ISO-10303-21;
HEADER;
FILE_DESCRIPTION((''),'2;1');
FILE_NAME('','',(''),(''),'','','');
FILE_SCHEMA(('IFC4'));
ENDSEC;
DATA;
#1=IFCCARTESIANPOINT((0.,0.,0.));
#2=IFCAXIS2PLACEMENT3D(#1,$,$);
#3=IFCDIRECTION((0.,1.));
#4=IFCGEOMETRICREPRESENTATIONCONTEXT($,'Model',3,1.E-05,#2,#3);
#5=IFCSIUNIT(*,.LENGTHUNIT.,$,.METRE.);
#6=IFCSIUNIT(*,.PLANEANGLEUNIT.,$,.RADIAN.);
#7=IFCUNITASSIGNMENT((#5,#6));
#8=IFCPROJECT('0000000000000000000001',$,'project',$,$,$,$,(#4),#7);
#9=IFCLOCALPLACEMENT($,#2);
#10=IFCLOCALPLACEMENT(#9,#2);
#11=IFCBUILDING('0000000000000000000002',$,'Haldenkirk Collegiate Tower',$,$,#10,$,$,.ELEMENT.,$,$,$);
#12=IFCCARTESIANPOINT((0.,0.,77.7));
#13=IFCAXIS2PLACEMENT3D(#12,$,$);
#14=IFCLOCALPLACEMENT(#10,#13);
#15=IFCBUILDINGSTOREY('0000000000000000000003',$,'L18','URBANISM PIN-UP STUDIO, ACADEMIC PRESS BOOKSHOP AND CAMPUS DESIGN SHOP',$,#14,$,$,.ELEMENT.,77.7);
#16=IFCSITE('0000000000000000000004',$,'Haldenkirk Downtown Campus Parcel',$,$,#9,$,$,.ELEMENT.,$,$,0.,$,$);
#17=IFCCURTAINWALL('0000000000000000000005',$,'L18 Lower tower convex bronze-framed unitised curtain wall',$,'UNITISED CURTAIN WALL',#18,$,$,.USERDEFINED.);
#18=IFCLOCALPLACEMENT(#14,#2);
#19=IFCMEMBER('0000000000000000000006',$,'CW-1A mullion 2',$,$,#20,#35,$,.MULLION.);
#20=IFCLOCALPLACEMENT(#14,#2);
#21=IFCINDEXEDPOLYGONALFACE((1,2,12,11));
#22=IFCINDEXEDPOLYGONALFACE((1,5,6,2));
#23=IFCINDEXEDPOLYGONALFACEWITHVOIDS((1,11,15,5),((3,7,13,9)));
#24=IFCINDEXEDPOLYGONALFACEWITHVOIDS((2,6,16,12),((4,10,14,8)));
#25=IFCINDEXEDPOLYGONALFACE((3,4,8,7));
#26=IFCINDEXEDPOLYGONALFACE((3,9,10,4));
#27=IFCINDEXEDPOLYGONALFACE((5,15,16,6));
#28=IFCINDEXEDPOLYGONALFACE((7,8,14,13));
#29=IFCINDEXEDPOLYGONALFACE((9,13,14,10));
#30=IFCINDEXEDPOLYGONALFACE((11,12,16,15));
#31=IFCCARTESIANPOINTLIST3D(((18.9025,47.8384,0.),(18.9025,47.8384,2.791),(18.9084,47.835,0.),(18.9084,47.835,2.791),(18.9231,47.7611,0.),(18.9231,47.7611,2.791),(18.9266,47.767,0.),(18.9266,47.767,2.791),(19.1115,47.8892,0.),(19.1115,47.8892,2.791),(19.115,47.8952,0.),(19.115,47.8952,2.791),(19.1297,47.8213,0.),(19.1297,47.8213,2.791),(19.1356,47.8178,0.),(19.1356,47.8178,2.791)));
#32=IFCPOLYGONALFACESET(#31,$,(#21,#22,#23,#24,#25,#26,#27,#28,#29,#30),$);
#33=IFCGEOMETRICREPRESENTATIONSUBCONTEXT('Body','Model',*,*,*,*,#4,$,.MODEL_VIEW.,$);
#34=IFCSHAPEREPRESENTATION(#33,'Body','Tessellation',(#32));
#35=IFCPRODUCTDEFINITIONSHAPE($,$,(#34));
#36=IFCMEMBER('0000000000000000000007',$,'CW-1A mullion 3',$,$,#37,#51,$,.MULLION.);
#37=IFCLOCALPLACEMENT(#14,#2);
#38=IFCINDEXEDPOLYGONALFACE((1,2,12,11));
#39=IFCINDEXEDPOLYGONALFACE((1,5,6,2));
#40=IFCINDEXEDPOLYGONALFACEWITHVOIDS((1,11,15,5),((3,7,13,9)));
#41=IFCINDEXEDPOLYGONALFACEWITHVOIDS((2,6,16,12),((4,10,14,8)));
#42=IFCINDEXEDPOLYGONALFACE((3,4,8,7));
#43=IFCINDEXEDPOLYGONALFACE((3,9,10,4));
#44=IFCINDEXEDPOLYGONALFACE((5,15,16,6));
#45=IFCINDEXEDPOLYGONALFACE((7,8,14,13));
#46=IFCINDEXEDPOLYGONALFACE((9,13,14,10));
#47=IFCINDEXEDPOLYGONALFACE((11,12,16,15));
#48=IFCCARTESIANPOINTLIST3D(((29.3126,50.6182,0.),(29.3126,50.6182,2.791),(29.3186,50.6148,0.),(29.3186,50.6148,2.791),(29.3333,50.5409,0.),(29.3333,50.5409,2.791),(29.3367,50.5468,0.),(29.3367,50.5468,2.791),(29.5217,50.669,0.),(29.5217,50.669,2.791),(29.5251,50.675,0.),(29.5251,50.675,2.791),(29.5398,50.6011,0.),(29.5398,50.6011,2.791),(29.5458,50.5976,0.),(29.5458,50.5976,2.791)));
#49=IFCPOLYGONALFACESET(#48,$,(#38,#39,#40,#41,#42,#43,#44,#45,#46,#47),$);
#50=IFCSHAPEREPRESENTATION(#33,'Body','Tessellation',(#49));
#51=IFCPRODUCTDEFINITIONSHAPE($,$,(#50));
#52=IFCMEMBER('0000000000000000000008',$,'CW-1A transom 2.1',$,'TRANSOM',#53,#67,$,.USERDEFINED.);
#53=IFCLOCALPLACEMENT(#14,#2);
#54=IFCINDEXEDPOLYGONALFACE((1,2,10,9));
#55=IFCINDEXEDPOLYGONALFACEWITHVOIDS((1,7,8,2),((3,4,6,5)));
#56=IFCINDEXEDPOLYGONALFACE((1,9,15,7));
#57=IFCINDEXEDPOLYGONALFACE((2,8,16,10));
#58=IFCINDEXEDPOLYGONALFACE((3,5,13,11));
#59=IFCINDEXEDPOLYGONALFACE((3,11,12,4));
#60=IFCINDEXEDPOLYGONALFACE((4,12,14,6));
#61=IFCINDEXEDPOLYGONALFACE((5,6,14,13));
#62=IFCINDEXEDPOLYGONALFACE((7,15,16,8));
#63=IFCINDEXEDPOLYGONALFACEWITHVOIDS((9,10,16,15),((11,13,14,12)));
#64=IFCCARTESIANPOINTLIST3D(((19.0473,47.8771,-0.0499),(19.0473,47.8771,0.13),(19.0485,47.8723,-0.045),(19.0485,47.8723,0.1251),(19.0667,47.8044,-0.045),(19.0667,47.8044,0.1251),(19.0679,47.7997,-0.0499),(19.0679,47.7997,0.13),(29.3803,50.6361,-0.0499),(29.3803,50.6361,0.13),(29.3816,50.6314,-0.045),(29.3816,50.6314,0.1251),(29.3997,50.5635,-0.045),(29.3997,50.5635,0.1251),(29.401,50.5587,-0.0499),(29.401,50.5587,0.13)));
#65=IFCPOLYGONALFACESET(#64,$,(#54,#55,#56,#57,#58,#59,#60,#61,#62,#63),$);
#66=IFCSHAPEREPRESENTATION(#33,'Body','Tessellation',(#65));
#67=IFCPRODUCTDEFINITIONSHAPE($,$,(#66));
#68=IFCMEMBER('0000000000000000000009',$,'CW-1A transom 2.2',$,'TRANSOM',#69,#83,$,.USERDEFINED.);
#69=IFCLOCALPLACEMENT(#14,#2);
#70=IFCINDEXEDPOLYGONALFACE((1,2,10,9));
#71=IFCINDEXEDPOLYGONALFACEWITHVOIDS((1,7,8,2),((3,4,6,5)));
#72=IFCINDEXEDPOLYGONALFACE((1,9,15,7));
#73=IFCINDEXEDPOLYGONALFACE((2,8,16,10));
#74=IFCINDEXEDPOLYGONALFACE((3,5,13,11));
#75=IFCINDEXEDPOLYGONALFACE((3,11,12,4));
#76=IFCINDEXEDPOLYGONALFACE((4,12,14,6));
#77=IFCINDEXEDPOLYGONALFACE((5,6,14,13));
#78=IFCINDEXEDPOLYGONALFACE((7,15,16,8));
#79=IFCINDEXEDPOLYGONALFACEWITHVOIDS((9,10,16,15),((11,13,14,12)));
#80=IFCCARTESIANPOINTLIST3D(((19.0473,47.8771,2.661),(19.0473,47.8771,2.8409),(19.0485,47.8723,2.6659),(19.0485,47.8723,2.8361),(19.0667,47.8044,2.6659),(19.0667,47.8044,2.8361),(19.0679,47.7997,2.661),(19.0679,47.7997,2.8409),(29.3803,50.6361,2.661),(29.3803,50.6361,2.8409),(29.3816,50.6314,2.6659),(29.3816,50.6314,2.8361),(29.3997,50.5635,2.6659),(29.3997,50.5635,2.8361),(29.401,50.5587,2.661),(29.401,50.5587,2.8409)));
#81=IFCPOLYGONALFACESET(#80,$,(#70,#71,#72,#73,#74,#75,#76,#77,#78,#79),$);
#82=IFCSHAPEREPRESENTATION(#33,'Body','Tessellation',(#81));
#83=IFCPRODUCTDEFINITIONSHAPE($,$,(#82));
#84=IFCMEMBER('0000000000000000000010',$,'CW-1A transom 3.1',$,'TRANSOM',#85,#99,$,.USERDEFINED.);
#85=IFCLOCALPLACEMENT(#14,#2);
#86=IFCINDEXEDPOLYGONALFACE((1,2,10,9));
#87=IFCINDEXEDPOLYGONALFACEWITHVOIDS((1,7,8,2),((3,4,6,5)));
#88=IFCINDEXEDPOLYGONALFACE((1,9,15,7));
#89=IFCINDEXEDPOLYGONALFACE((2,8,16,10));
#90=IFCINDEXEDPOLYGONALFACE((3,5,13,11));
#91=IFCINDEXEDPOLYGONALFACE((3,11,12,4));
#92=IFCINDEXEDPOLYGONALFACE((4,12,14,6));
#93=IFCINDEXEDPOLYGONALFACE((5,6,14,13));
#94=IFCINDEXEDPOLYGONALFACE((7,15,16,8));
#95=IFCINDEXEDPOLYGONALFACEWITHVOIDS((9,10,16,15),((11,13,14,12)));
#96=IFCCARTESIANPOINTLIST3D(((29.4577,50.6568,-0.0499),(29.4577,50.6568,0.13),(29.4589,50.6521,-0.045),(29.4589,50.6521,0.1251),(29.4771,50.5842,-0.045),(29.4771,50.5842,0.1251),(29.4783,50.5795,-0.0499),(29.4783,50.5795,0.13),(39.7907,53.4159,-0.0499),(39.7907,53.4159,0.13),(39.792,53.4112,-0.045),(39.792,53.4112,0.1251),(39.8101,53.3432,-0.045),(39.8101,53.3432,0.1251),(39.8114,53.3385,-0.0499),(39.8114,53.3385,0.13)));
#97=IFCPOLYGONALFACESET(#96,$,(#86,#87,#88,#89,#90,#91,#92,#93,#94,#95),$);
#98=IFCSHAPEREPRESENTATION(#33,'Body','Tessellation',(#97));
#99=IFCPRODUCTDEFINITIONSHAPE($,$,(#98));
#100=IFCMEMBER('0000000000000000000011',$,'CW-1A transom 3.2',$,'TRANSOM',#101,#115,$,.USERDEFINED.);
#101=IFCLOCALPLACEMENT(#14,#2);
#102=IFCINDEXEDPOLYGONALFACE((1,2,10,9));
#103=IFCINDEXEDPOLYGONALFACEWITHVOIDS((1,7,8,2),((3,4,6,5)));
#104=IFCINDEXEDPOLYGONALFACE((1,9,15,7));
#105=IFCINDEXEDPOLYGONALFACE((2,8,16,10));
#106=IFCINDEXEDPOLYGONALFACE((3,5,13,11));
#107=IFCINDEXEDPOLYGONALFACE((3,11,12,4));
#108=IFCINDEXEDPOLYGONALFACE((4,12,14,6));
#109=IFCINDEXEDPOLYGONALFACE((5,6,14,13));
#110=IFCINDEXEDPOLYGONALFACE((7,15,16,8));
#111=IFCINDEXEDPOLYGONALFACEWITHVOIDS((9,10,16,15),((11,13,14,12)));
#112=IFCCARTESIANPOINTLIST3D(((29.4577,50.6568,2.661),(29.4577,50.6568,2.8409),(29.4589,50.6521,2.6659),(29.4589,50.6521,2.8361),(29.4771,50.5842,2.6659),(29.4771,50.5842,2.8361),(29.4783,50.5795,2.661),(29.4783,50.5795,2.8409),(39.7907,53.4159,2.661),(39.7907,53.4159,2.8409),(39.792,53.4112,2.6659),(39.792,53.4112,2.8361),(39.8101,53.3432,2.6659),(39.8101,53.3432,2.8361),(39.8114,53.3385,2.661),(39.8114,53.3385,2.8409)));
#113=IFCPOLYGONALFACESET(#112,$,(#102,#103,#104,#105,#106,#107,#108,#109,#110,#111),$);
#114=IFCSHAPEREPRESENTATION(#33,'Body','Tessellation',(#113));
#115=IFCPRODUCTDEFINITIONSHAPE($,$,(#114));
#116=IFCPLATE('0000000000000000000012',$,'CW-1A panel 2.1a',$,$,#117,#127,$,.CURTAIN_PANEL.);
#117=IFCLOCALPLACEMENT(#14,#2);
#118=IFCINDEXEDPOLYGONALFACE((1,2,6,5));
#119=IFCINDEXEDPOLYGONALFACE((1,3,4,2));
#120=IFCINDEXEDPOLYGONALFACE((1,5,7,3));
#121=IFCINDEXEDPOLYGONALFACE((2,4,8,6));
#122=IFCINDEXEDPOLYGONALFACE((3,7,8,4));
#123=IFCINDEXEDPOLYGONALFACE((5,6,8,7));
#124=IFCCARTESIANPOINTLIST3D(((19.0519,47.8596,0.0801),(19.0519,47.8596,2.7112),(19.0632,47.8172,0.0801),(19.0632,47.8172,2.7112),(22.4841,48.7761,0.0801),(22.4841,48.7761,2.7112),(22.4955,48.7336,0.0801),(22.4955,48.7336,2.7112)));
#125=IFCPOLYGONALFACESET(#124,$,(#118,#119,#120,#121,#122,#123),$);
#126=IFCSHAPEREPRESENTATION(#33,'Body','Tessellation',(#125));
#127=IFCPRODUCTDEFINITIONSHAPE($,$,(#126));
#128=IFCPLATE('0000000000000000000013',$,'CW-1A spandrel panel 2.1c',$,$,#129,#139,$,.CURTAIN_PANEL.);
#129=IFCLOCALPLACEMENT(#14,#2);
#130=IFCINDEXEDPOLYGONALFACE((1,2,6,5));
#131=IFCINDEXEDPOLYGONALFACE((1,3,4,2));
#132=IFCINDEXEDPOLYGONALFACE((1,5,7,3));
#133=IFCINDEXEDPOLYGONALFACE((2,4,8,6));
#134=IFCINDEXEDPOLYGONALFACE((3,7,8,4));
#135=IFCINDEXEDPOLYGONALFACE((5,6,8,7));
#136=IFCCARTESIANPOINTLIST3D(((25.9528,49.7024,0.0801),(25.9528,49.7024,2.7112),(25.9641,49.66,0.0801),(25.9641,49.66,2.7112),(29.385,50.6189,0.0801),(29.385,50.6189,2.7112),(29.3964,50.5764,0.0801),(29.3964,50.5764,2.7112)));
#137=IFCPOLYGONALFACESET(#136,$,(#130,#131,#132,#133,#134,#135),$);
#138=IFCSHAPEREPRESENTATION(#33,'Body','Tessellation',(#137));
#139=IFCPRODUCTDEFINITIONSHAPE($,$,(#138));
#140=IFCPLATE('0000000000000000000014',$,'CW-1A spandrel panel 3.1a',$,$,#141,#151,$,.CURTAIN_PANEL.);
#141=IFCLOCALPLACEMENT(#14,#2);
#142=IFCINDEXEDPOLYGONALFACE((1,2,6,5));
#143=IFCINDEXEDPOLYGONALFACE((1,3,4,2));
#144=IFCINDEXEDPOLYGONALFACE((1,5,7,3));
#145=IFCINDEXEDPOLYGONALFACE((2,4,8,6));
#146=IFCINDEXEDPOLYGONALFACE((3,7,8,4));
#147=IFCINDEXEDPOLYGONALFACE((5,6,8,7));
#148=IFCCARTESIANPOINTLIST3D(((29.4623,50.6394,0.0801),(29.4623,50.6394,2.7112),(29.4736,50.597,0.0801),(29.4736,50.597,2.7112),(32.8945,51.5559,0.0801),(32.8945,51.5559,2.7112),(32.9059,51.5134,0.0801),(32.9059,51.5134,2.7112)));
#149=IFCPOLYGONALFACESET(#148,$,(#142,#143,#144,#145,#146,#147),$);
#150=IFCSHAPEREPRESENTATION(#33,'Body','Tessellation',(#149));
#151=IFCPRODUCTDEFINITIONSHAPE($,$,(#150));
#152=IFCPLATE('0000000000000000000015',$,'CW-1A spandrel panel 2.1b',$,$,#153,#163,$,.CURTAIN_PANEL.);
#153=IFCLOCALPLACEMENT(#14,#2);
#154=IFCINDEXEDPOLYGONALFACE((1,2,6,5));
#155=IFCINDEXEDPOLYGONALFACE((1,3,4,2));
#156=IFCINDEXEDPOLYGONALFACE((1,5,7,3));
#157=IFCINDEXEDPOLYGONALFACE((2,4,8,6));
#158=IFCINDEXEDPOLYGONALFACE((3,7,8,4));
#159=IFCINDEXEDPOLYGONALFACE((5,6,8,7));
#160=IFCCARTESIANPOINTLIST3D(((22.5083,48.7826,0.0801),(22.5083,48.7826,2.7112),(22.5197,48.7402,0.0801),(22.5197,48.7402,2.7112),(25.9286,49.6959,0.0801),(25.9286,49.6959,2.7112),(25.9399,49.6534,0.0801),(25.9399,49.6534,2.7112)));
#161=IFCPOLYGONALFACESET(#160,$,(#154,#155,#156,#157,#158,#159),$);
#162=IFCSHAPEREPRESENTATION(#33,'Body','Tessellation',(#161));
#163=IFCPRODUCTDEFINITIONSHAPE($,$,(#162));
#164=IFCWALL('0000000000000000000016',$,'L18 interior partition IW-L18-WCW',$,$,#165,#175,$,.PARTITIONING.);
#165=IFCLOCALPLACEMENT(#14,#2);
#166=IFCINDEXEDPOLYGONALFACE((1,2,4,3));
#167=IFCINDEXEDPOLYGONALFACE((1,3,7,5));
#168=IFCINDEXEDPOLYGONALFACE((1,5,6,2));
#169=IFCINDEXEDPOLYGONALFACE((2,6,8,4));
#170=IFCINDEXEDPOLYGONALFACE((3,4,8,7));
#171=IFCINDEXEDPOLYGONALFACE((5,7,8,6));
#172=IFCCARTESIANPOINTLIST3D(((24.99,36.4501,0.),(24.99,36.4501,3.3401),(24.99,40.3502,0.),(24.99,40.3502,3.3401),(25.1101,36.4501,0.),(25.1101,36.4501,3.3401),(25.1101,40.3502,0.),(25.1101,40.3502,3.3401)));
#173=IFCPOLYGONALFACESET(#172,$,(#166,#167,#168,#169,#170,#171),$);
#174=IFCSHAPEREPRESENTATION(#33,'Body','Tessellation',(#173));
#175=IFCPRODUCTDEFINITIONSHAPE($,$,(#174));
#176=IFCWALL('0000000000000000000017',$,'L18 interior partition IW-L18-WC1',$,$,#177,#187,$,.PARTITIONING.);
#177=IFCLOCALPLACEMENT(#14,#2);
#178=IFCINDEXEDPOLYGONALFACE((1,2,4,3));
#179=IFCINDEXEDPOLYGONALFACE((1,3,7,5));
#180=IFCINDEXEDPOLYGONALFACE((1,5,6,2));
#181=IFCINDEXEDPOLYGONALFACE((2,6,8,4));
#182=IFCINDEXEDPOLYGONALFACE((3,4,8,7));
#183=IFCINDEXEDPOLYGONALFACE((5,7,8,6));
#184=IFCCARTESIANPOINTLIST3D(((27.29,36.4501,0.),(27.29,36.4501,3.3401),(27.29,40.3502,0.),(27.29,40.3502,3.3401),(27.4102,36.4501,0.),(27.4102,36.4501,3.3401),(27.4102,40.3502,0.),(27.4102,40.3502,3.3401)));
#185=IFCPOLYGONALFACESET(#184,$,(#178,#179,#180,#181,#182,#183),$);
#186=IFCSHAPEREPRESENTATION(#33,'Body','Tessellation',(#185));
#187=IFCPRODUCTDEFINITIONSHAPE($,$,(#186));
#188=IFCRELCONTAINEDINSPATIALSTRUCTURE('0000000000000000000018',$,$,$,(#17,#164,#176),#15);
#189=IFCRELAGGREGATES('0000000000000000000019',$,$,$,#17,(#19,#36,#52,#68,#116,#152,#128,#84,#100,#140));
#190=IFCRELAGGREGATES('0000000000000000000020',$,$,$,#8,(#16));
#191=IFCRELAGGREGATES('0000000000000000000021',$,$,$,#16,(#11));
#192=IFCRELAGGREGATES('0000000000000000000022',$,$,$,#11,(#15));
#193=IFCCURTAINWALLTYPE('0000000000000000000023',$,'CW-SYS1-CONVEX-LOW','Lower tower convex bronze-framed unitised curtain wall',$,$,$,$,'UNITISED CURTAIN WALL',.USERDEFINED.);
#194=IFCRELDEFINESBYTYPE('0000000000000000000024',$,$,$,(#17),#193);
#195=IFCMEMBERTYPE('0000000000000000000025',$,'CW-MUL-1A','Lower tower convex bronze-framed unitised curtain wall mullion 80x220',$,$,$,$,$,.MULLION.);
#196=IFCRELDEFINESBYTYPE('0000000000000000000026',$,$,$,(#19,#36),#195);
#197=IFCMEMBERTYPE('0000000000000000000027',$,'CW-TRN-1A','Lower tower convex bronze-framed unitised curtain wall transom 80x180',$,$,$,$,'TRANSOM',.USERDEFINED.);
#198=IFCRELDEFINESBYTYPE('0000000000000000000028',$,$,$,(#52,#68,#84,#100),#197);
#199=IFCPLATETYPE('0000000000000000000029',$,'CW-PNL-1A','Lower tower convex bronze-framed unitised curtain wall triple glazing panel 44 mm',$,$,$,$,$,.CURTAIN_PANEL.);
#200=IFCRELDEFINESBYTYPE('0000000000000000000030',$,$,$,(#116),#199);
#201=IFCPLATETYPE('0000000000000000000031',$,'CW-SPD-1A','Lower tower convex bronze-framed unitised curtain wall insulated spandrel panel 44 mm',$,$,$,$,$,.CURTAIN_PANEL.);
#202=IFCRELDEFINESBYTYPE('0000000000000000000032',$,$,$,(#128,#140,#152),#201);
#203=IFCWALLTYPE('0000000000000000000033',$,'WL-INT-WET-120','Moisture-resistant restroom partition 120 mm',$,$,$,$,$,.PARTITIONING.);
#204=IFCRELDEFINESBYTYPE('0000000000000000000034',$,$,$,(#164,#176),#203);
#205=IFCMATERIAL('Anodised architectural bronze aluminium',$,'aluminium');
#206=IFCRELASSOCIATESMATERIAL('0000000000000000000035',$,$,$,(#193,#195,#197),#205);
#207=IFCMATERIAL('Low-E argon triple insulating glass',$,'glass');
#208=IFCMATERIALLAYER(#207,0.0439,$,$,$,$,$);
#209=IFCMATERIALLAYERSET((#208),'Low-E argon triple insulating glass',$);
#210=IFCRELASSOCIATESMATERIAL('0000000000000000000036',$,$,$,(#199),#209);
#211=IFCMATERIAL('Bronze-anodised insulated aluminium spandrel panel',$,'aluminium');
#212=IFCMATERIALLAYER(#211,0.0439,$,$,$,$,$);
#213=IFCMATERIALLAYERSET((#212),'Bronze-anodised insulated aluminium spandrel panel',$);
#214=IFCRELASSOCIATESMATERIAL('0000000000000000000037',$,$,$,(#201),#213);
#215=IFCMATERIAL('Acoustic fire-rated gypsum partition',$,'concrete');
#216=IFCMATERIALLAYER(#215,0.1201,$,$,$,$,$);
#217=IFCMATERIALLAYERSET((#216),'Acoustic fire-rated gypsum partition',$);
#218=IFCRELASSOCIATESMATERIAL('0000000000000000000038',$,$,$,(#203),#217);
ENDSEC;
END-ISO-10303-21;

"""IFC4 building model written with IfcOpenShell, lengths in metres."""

from ifc_helpers import new_model, si_unit, direction, frame, frame_2d, origin, origin_2d, place, context, subcontext, project, spatial, rectangle, hollow_rectangle, extrude, source, transform, mapped, material, layer, layer_set, material_profile, profile_set, type_object, element, aggregate, save


model = new_model("IFC4")

# Units and contexts
model_context = context("Model", 3, precision=1e-05, world=origin(), true_north=direction((0.0, 1.0)))
body_context = subcontext(model_context, "Body", "Model", "MODEL_VIEW")
ifc_project = project(units=[si_unit("LENGTHUNIT", "METRE"), si_unit("PLANEANGLEUNIT", "RADIAN")], contexts=[model_context])

# Site, building, storey
site_placement = place(None, origin())
site = spatial("IfcSite", under=ifc_project, at=site_placement, Name="Haldenkirk Downtown Campus Parcel", CompositionType="ELEMENT", RefElevation=0.0)
building_placement = place(site_placement, origin())
building = spatial("IfcBuilding", under=site, at=building_placement, Name="Haldenkirk Collegiate Tower", CompositionType="ELEMENT")
storey_placement = place(building_placement, frame((0.0, 0.0, 77.7)))
storey = spatial("IfcBuildingStorey", under=building, at=storey_placement, Name="L18", Description="URBANISM PIN-UP STUDIO, ACADEMIC PRESS BOOKSHOP AND CAMPUS DESIGN SHOP", CompositionType="ELEMENT", Elevation=77.7)

# Curtain wall, members, plates
ifc_material_1 = material(Name="Anodised architectural bronze aluminium", Category="aluminium")
curtain_wall_type = type_object("IfcCurtainWallType", Name="CW-SYS1-CONVEX-LOW", Description="Lower tower convex bronze-framed unitised curtain wall", ElementType="UNITISED CURTAIN WALL", PredefinedType="USERDEFINED", material=ifc_material_1)
curtain_wall_placement = place(storey_placement, origin())
curtain_wall = element("IfcCurtainWall", 1, at=curtain_wall_placement, inside=storey, type_object=curtain_wall_type, Name="L18 Lower tower convex bronze-framed unitised curtain wall", ObjectType="UNITISED CURTAIN WALL", PredefinedType="USERDEFINED")
ifc_material_profile_1 = material_profile(ifc_material_1, hollow_rectangle(XDim=0.0801, YDim=0.22, WallThickness=0.0049, at=origin_2d()), Name="CW-MUL-1A")
ifc_profile_set_1 = profile_set([ifc_material_profile_1], Name="Anodised architectural bronze aluminium")
member_type_1 = type_object("IfcMemberType", Name="CW-MUL-1A", Description="Lower tower convex bronze-framed unitised curtain wall mullion 80x220", PredefinedType="MULLION", material=ifc_profile_set_1)
member_1_placement = place(storey_placement, frame((19.019, 47.8281, 0.0), z_axis=(0.0, 0.0, 1.0), x_axis=(-0.257974, 0.966152, 0.0)))
member_1 = element("IfcMember", 2, at=member_1_placement, type_object=member_type_1, Name="CW-1A mullion 2", PredefinedType="MULLION", context=body_context, shape_type="SweptSolid", body=[
    extrude(hollow_rectangle(XDim=0.0801, YDim=0.22, WallThickness=0.0049, at=origin_2d()), origin(), (0.0, 0.0, 1.0), 2.791),
])
member_2_placement = place(storey_placement, frame((29.4292, 50.6079, 0.0), z_axis=(0.0, 0.0, 1.0), x_axis=(-0.257974, 0.966152, 0.0)))
member_2 = element("IfcMember", 3, at=member_2_placement, type_object=member_type_1, Name="CW-1A mullion 3", PredefinedType="MULLION", context=body_context, shape_type="SweptSolid", body=[
    extrude(hollow_rectangle(XDim=0.0801, YDim=0.22, WallThickness=0.0049, at=origin_2d()), origin(), (0.0, 0.0, 1.0), 2.791),
])
ifc_material_profile_2 = material_profile(ifc_material_1, hollow_rectangle(XDim=0.0801, YDim=0.1799, WallThickness=0.0049, at=origin_2d()), Name="CW-TRN-1A")
ifc_profile_set_2 = profile_set([ifc_material_profile_2], Name="Anodised architectural bronze aluminium")
member_type_2 = type_object("IfcMemberType", Name="CW-TRN-1A", Description="Lower tower convex bronze-framed unitised curtain wall transom 80x180", ElementType="TRANSOM", PredefinedType="USERDEFINED", material=ifc_profile_set_2)
member_3_placement = place(storey_placement, frame((19.0576, 47.8384, 0.04), z_axis=(0.966152, 0.257974, 0.0), x_axis=(-0.257974, 0.966152, 0.0)))
member_3 = element("IfcMember", 4, at=member_3_placement, type_object=member_type_2, Name="CW-1A transom 2.1", ObjectType="TRANSOM", PredefinedType="USERDEFINED", context=body_context, shape_type="SweptSolid", body=[
    extrude(hollow_rectangle(XDim=0.0801, YDim=0.1799, WallThickness=0.0049, at=origin_2d()), origin(), (0.0, 0.0, 1.0), 10.6951),
])
member_4_placement = place(storey_placement, frame((19.0576, 47.8384, 2.751), z_axis=(0.966152, 0.257974, 0.0), x_axis=(-0.257974, 0.966152, 0.0)))
member_4 = element("IfcMember", 5, at=member_4_placement, type_object=member_type_2, Name="CW-1A transom 2.2", ObjectType="TRANSOM", PredefinedType="USERDEFINED", context=body_context, shape_type="SweptSolid", body=[
    extrude(hollow_rectangle(XDim=0.0801, YDim=0.1799, WallThickness=0.0049, at=origin_2d()), origin(), (0.0, 0.0, 1.0), 10.6951),
])
member_5_placement = place(storey_placement, frame((29.468, 50.6182, 0.04), z_axis=(0.966152, 0.257974, 0.0), x_axis=(-0.257974, 0.966152, 0.0)))
member_5 = element("IfcMember", 6, at=member_5_placement, type_object=member_type_2, Name="CW-1A transom 3.1", ObjectType="TRANSOM", PredefinedType="USERDEFINED", context=body_context, shape_type="SweptSolid", body=[
    extrude(hollow_rectangle(XDim=0.0801, YDim=0.1799, WallThickness=0.0049, at=origin_2d()), origin(), (0.0, 0.0, 1.0), 10.6951),
])
member_6_placement = place(storey_placement, frame((29.468, 50.6182, 2.751), z_axis=(0.966152, 0.257974, 0.0), x_axis=(-0.257974, 0.966152, 0.0)))
member_6 = element("IfcMember", 7, at=member_6_placement, type_object=member_type_2, Name="CW-1A transom 3.2", ObjectType="TRANSOM", PredefinedType="USERDEFINED", context=body_context, shape_type="SweptSolid", body=[
    extrude(hollow_rectangle(XDim=0.0801, YDim=0.1799, WallThickness=0.0049, at=origin_2d()), origin(), (0.0, 0.0, 1.0), 10.6951),
])
ifc_material_2 = material(Name="Low-E argon triple insulating glass", Category="glass")
ifc_layer_1 = layer(ifc_material_2, 0.0439)
ifc_layer_set_1 = layer_set([ifc_layer_1], Name="Low-E argon triple insulating glass")
plate_type_1 = type_object("IfcPlateType", Name="CW-PNL-1A", Description="Lower tower convex bronze-framed unitised curtain wall triple glazing panel 44 mm", PredefinedType="CURTAIN_PANEL", material=ifc_layer_set_1)
shared_shape_1 = source(origin(), body_context, "Body", "SweptSolid", [
    extrude(rectangle(XDim=3.5525, YDim=0.0439, at=origin_2d()), origin(), (0.0, 0.0, 1.0), 2.6311),
])
plate_1_placement = place(storey_placement, frame((20.7737, 48.2966, 0.0801), z_axis=(0.0, 0.0, 1.0), x_axis=(0.966152, 0.257974, 0.0)))
plate_1 = element("IfcPlate", 8, at=plate_1_placement, type_object=plate_type_1, Name="CW-1A panel 2.1a", PredefinedType="CURTAIN_PANEL", context=body_context, shape_type="MappedRepresentation", body=[
    mapped(shared_shape_1, transform((0.0, 0.0, 0.0), x_axis=(1.0, 0.0, 0.0), y_axis=(0.0, 1.0, 0.0), z_axis=(0.0, 0.0, 1.0), scale=1.0)),
])
ifc_material_3 = material(Name="Bronze-anodised insulated aluminium spandrel panel", Category="aluminium")
ifc_layer_2 = layer(ifc_material_3, 0.0439)
ifc_layer_set_2 = layer_set([ifc_layer_2], Name="Bronze-anodised insulated aluminium spandrel panel")
plate_type_2 = type_object("IfcPlateType", Name="CW-SPD-1A", Description="Lower tower convex bronze-framed unitised curtain wall insulated spandrel panel 44 mm", PredefinedType="CURTAIN_PANEL", material=ifc_layer_set_2)
plate_2_placement = place(storey_placement, frame((27.6746, 50.1394, 0.0801), z_axis=(0.0, 0.0, 1.0), x_axis=(0.966152, 0.257974, 0.0)))
plate_2 = element("IfcPlate", 9, at=plate_2_placement, type_object=plate_type_2, Name="CW-1A spandrel panel 2.1c", PredefinedType="CURTAIN_PANEL", context=body_context, shape_type="MappedRepresentation", body=[
    mapped(shared_shape_1, transform((0.0, 0.0, 0.0), x_axis=(1.0, 0.0, 0.0), y_axis=(0.0, 1.0, 0.0), z_axis=(0.0, 0.0, 1.0), scale=1.0)),
])
plate_3_placement = place(storey_placement, frame((31.1841, 51.0764, 0.0801), z_axis=(0.0, 0.0, 1.0), x_axis=(0.966152, 0.257974, 0.0)))
plate_3 = element("IfcPlate", 10, at=plate_3_placement, type_object=plate_type_2, Name="CW-1A spandrel panel 3.1a", PredefinedType="CURTAIN_PANEL", context=body_context, shape_type="MappedRepresentation", body=[
    mapped(shared_shape_1, transform((0.0, 0.0, 0.0), x_axis=(1.0, 0.0, 0.0), y_axis=(0.0, 1.0, 0.0), z_axis=(0.0, 0.0, 1.0), scale=1.0)),
])
shared_shape_2 = source(origin(), body_context, "Body", "SweptSolid", [
    extrude(rectangle(XDim=3.54, YDim=0.0439, at=origin_2d()), origin(), (0.0, 0.0, 1.0), 2.6311),
])
plate_4_placement = place(storey_placement, frame((24.2241, 49.218, 0.0801), z_axis=(0.0, 0.0, 1.0), x_axis=(0.966152, 0.257974, 0.0)))
plate_4 = element("IfcPlate", 11, at=plate_4_placement, type_object=plate_type_2, Name="CW-1A spandrel panel 2.1b", PredefinedType="CURTAIN_PANEL", context=body_context, shape_type="MappedRepresentation", body=[
    mapped(shared_shape_2, transform((0.0, 0.0, 0.0), x_axis=(1.0, 0.0, 0.0), y_axis=(0.0, 1.0, 0.0), z_axis=(0.0, 0.0, 1.0), scale=1.0)),
])
aggregate(curtain_wall, [member_1, member_2, member_3, member_4, plate_1, plate_4, plate_2, member_5, member_6, plate_3])

# Shared definitions
ifc_material_4 = material(Name="Acoustic fire-rated gypsum partition", Category="concrete")

# Walls
ifc_layer_3 = layer(ifc_material_4, 0.1201)
ifc_layer_set_3 = layer_set([ifc_layer_3], Name="Acoustic fire-rated gypsum partition")
wall_type_1 = type_object("IfcWallType", Name="WL-INT-WET-120", Description="Moisture-resistant restroom partition 120 mm", PredefinedType="PARTITIONING", material=ifc_layer_set_3)
for number, where, z_axis, x_axis, name in (
    (12, (25.05, 36.45, 0.0), (0.0, 0.0, 1.0), (0.0, 1.0, 0.0), "L18 interior partition IW-L18-WCW"),
    (13, (27.3501, 36.45, 0.0), (0.0, 0.0, 1.0), (0.0, 1.0, 0.0), "L18 interior partition IW-L18-WC1"),
):
    element("IfcWall", number, at=place(storey_placement, frame(where, z_axis=z_axis, x_axis=x_axis)), inside=storey, type_object=wall_type_1, Name=name, PredefinedType="PARTITIONING", context=body_context, shape_type="SweptSolid", body=[
        extrude(rectangle(XDim=3.9001, YDim=0.1201, at=frame_2d((1.9502, 0.0))), origin(), (0.0, 0.0, 1.0), 3.3401),
    ])

save(model, "model.ifc")
